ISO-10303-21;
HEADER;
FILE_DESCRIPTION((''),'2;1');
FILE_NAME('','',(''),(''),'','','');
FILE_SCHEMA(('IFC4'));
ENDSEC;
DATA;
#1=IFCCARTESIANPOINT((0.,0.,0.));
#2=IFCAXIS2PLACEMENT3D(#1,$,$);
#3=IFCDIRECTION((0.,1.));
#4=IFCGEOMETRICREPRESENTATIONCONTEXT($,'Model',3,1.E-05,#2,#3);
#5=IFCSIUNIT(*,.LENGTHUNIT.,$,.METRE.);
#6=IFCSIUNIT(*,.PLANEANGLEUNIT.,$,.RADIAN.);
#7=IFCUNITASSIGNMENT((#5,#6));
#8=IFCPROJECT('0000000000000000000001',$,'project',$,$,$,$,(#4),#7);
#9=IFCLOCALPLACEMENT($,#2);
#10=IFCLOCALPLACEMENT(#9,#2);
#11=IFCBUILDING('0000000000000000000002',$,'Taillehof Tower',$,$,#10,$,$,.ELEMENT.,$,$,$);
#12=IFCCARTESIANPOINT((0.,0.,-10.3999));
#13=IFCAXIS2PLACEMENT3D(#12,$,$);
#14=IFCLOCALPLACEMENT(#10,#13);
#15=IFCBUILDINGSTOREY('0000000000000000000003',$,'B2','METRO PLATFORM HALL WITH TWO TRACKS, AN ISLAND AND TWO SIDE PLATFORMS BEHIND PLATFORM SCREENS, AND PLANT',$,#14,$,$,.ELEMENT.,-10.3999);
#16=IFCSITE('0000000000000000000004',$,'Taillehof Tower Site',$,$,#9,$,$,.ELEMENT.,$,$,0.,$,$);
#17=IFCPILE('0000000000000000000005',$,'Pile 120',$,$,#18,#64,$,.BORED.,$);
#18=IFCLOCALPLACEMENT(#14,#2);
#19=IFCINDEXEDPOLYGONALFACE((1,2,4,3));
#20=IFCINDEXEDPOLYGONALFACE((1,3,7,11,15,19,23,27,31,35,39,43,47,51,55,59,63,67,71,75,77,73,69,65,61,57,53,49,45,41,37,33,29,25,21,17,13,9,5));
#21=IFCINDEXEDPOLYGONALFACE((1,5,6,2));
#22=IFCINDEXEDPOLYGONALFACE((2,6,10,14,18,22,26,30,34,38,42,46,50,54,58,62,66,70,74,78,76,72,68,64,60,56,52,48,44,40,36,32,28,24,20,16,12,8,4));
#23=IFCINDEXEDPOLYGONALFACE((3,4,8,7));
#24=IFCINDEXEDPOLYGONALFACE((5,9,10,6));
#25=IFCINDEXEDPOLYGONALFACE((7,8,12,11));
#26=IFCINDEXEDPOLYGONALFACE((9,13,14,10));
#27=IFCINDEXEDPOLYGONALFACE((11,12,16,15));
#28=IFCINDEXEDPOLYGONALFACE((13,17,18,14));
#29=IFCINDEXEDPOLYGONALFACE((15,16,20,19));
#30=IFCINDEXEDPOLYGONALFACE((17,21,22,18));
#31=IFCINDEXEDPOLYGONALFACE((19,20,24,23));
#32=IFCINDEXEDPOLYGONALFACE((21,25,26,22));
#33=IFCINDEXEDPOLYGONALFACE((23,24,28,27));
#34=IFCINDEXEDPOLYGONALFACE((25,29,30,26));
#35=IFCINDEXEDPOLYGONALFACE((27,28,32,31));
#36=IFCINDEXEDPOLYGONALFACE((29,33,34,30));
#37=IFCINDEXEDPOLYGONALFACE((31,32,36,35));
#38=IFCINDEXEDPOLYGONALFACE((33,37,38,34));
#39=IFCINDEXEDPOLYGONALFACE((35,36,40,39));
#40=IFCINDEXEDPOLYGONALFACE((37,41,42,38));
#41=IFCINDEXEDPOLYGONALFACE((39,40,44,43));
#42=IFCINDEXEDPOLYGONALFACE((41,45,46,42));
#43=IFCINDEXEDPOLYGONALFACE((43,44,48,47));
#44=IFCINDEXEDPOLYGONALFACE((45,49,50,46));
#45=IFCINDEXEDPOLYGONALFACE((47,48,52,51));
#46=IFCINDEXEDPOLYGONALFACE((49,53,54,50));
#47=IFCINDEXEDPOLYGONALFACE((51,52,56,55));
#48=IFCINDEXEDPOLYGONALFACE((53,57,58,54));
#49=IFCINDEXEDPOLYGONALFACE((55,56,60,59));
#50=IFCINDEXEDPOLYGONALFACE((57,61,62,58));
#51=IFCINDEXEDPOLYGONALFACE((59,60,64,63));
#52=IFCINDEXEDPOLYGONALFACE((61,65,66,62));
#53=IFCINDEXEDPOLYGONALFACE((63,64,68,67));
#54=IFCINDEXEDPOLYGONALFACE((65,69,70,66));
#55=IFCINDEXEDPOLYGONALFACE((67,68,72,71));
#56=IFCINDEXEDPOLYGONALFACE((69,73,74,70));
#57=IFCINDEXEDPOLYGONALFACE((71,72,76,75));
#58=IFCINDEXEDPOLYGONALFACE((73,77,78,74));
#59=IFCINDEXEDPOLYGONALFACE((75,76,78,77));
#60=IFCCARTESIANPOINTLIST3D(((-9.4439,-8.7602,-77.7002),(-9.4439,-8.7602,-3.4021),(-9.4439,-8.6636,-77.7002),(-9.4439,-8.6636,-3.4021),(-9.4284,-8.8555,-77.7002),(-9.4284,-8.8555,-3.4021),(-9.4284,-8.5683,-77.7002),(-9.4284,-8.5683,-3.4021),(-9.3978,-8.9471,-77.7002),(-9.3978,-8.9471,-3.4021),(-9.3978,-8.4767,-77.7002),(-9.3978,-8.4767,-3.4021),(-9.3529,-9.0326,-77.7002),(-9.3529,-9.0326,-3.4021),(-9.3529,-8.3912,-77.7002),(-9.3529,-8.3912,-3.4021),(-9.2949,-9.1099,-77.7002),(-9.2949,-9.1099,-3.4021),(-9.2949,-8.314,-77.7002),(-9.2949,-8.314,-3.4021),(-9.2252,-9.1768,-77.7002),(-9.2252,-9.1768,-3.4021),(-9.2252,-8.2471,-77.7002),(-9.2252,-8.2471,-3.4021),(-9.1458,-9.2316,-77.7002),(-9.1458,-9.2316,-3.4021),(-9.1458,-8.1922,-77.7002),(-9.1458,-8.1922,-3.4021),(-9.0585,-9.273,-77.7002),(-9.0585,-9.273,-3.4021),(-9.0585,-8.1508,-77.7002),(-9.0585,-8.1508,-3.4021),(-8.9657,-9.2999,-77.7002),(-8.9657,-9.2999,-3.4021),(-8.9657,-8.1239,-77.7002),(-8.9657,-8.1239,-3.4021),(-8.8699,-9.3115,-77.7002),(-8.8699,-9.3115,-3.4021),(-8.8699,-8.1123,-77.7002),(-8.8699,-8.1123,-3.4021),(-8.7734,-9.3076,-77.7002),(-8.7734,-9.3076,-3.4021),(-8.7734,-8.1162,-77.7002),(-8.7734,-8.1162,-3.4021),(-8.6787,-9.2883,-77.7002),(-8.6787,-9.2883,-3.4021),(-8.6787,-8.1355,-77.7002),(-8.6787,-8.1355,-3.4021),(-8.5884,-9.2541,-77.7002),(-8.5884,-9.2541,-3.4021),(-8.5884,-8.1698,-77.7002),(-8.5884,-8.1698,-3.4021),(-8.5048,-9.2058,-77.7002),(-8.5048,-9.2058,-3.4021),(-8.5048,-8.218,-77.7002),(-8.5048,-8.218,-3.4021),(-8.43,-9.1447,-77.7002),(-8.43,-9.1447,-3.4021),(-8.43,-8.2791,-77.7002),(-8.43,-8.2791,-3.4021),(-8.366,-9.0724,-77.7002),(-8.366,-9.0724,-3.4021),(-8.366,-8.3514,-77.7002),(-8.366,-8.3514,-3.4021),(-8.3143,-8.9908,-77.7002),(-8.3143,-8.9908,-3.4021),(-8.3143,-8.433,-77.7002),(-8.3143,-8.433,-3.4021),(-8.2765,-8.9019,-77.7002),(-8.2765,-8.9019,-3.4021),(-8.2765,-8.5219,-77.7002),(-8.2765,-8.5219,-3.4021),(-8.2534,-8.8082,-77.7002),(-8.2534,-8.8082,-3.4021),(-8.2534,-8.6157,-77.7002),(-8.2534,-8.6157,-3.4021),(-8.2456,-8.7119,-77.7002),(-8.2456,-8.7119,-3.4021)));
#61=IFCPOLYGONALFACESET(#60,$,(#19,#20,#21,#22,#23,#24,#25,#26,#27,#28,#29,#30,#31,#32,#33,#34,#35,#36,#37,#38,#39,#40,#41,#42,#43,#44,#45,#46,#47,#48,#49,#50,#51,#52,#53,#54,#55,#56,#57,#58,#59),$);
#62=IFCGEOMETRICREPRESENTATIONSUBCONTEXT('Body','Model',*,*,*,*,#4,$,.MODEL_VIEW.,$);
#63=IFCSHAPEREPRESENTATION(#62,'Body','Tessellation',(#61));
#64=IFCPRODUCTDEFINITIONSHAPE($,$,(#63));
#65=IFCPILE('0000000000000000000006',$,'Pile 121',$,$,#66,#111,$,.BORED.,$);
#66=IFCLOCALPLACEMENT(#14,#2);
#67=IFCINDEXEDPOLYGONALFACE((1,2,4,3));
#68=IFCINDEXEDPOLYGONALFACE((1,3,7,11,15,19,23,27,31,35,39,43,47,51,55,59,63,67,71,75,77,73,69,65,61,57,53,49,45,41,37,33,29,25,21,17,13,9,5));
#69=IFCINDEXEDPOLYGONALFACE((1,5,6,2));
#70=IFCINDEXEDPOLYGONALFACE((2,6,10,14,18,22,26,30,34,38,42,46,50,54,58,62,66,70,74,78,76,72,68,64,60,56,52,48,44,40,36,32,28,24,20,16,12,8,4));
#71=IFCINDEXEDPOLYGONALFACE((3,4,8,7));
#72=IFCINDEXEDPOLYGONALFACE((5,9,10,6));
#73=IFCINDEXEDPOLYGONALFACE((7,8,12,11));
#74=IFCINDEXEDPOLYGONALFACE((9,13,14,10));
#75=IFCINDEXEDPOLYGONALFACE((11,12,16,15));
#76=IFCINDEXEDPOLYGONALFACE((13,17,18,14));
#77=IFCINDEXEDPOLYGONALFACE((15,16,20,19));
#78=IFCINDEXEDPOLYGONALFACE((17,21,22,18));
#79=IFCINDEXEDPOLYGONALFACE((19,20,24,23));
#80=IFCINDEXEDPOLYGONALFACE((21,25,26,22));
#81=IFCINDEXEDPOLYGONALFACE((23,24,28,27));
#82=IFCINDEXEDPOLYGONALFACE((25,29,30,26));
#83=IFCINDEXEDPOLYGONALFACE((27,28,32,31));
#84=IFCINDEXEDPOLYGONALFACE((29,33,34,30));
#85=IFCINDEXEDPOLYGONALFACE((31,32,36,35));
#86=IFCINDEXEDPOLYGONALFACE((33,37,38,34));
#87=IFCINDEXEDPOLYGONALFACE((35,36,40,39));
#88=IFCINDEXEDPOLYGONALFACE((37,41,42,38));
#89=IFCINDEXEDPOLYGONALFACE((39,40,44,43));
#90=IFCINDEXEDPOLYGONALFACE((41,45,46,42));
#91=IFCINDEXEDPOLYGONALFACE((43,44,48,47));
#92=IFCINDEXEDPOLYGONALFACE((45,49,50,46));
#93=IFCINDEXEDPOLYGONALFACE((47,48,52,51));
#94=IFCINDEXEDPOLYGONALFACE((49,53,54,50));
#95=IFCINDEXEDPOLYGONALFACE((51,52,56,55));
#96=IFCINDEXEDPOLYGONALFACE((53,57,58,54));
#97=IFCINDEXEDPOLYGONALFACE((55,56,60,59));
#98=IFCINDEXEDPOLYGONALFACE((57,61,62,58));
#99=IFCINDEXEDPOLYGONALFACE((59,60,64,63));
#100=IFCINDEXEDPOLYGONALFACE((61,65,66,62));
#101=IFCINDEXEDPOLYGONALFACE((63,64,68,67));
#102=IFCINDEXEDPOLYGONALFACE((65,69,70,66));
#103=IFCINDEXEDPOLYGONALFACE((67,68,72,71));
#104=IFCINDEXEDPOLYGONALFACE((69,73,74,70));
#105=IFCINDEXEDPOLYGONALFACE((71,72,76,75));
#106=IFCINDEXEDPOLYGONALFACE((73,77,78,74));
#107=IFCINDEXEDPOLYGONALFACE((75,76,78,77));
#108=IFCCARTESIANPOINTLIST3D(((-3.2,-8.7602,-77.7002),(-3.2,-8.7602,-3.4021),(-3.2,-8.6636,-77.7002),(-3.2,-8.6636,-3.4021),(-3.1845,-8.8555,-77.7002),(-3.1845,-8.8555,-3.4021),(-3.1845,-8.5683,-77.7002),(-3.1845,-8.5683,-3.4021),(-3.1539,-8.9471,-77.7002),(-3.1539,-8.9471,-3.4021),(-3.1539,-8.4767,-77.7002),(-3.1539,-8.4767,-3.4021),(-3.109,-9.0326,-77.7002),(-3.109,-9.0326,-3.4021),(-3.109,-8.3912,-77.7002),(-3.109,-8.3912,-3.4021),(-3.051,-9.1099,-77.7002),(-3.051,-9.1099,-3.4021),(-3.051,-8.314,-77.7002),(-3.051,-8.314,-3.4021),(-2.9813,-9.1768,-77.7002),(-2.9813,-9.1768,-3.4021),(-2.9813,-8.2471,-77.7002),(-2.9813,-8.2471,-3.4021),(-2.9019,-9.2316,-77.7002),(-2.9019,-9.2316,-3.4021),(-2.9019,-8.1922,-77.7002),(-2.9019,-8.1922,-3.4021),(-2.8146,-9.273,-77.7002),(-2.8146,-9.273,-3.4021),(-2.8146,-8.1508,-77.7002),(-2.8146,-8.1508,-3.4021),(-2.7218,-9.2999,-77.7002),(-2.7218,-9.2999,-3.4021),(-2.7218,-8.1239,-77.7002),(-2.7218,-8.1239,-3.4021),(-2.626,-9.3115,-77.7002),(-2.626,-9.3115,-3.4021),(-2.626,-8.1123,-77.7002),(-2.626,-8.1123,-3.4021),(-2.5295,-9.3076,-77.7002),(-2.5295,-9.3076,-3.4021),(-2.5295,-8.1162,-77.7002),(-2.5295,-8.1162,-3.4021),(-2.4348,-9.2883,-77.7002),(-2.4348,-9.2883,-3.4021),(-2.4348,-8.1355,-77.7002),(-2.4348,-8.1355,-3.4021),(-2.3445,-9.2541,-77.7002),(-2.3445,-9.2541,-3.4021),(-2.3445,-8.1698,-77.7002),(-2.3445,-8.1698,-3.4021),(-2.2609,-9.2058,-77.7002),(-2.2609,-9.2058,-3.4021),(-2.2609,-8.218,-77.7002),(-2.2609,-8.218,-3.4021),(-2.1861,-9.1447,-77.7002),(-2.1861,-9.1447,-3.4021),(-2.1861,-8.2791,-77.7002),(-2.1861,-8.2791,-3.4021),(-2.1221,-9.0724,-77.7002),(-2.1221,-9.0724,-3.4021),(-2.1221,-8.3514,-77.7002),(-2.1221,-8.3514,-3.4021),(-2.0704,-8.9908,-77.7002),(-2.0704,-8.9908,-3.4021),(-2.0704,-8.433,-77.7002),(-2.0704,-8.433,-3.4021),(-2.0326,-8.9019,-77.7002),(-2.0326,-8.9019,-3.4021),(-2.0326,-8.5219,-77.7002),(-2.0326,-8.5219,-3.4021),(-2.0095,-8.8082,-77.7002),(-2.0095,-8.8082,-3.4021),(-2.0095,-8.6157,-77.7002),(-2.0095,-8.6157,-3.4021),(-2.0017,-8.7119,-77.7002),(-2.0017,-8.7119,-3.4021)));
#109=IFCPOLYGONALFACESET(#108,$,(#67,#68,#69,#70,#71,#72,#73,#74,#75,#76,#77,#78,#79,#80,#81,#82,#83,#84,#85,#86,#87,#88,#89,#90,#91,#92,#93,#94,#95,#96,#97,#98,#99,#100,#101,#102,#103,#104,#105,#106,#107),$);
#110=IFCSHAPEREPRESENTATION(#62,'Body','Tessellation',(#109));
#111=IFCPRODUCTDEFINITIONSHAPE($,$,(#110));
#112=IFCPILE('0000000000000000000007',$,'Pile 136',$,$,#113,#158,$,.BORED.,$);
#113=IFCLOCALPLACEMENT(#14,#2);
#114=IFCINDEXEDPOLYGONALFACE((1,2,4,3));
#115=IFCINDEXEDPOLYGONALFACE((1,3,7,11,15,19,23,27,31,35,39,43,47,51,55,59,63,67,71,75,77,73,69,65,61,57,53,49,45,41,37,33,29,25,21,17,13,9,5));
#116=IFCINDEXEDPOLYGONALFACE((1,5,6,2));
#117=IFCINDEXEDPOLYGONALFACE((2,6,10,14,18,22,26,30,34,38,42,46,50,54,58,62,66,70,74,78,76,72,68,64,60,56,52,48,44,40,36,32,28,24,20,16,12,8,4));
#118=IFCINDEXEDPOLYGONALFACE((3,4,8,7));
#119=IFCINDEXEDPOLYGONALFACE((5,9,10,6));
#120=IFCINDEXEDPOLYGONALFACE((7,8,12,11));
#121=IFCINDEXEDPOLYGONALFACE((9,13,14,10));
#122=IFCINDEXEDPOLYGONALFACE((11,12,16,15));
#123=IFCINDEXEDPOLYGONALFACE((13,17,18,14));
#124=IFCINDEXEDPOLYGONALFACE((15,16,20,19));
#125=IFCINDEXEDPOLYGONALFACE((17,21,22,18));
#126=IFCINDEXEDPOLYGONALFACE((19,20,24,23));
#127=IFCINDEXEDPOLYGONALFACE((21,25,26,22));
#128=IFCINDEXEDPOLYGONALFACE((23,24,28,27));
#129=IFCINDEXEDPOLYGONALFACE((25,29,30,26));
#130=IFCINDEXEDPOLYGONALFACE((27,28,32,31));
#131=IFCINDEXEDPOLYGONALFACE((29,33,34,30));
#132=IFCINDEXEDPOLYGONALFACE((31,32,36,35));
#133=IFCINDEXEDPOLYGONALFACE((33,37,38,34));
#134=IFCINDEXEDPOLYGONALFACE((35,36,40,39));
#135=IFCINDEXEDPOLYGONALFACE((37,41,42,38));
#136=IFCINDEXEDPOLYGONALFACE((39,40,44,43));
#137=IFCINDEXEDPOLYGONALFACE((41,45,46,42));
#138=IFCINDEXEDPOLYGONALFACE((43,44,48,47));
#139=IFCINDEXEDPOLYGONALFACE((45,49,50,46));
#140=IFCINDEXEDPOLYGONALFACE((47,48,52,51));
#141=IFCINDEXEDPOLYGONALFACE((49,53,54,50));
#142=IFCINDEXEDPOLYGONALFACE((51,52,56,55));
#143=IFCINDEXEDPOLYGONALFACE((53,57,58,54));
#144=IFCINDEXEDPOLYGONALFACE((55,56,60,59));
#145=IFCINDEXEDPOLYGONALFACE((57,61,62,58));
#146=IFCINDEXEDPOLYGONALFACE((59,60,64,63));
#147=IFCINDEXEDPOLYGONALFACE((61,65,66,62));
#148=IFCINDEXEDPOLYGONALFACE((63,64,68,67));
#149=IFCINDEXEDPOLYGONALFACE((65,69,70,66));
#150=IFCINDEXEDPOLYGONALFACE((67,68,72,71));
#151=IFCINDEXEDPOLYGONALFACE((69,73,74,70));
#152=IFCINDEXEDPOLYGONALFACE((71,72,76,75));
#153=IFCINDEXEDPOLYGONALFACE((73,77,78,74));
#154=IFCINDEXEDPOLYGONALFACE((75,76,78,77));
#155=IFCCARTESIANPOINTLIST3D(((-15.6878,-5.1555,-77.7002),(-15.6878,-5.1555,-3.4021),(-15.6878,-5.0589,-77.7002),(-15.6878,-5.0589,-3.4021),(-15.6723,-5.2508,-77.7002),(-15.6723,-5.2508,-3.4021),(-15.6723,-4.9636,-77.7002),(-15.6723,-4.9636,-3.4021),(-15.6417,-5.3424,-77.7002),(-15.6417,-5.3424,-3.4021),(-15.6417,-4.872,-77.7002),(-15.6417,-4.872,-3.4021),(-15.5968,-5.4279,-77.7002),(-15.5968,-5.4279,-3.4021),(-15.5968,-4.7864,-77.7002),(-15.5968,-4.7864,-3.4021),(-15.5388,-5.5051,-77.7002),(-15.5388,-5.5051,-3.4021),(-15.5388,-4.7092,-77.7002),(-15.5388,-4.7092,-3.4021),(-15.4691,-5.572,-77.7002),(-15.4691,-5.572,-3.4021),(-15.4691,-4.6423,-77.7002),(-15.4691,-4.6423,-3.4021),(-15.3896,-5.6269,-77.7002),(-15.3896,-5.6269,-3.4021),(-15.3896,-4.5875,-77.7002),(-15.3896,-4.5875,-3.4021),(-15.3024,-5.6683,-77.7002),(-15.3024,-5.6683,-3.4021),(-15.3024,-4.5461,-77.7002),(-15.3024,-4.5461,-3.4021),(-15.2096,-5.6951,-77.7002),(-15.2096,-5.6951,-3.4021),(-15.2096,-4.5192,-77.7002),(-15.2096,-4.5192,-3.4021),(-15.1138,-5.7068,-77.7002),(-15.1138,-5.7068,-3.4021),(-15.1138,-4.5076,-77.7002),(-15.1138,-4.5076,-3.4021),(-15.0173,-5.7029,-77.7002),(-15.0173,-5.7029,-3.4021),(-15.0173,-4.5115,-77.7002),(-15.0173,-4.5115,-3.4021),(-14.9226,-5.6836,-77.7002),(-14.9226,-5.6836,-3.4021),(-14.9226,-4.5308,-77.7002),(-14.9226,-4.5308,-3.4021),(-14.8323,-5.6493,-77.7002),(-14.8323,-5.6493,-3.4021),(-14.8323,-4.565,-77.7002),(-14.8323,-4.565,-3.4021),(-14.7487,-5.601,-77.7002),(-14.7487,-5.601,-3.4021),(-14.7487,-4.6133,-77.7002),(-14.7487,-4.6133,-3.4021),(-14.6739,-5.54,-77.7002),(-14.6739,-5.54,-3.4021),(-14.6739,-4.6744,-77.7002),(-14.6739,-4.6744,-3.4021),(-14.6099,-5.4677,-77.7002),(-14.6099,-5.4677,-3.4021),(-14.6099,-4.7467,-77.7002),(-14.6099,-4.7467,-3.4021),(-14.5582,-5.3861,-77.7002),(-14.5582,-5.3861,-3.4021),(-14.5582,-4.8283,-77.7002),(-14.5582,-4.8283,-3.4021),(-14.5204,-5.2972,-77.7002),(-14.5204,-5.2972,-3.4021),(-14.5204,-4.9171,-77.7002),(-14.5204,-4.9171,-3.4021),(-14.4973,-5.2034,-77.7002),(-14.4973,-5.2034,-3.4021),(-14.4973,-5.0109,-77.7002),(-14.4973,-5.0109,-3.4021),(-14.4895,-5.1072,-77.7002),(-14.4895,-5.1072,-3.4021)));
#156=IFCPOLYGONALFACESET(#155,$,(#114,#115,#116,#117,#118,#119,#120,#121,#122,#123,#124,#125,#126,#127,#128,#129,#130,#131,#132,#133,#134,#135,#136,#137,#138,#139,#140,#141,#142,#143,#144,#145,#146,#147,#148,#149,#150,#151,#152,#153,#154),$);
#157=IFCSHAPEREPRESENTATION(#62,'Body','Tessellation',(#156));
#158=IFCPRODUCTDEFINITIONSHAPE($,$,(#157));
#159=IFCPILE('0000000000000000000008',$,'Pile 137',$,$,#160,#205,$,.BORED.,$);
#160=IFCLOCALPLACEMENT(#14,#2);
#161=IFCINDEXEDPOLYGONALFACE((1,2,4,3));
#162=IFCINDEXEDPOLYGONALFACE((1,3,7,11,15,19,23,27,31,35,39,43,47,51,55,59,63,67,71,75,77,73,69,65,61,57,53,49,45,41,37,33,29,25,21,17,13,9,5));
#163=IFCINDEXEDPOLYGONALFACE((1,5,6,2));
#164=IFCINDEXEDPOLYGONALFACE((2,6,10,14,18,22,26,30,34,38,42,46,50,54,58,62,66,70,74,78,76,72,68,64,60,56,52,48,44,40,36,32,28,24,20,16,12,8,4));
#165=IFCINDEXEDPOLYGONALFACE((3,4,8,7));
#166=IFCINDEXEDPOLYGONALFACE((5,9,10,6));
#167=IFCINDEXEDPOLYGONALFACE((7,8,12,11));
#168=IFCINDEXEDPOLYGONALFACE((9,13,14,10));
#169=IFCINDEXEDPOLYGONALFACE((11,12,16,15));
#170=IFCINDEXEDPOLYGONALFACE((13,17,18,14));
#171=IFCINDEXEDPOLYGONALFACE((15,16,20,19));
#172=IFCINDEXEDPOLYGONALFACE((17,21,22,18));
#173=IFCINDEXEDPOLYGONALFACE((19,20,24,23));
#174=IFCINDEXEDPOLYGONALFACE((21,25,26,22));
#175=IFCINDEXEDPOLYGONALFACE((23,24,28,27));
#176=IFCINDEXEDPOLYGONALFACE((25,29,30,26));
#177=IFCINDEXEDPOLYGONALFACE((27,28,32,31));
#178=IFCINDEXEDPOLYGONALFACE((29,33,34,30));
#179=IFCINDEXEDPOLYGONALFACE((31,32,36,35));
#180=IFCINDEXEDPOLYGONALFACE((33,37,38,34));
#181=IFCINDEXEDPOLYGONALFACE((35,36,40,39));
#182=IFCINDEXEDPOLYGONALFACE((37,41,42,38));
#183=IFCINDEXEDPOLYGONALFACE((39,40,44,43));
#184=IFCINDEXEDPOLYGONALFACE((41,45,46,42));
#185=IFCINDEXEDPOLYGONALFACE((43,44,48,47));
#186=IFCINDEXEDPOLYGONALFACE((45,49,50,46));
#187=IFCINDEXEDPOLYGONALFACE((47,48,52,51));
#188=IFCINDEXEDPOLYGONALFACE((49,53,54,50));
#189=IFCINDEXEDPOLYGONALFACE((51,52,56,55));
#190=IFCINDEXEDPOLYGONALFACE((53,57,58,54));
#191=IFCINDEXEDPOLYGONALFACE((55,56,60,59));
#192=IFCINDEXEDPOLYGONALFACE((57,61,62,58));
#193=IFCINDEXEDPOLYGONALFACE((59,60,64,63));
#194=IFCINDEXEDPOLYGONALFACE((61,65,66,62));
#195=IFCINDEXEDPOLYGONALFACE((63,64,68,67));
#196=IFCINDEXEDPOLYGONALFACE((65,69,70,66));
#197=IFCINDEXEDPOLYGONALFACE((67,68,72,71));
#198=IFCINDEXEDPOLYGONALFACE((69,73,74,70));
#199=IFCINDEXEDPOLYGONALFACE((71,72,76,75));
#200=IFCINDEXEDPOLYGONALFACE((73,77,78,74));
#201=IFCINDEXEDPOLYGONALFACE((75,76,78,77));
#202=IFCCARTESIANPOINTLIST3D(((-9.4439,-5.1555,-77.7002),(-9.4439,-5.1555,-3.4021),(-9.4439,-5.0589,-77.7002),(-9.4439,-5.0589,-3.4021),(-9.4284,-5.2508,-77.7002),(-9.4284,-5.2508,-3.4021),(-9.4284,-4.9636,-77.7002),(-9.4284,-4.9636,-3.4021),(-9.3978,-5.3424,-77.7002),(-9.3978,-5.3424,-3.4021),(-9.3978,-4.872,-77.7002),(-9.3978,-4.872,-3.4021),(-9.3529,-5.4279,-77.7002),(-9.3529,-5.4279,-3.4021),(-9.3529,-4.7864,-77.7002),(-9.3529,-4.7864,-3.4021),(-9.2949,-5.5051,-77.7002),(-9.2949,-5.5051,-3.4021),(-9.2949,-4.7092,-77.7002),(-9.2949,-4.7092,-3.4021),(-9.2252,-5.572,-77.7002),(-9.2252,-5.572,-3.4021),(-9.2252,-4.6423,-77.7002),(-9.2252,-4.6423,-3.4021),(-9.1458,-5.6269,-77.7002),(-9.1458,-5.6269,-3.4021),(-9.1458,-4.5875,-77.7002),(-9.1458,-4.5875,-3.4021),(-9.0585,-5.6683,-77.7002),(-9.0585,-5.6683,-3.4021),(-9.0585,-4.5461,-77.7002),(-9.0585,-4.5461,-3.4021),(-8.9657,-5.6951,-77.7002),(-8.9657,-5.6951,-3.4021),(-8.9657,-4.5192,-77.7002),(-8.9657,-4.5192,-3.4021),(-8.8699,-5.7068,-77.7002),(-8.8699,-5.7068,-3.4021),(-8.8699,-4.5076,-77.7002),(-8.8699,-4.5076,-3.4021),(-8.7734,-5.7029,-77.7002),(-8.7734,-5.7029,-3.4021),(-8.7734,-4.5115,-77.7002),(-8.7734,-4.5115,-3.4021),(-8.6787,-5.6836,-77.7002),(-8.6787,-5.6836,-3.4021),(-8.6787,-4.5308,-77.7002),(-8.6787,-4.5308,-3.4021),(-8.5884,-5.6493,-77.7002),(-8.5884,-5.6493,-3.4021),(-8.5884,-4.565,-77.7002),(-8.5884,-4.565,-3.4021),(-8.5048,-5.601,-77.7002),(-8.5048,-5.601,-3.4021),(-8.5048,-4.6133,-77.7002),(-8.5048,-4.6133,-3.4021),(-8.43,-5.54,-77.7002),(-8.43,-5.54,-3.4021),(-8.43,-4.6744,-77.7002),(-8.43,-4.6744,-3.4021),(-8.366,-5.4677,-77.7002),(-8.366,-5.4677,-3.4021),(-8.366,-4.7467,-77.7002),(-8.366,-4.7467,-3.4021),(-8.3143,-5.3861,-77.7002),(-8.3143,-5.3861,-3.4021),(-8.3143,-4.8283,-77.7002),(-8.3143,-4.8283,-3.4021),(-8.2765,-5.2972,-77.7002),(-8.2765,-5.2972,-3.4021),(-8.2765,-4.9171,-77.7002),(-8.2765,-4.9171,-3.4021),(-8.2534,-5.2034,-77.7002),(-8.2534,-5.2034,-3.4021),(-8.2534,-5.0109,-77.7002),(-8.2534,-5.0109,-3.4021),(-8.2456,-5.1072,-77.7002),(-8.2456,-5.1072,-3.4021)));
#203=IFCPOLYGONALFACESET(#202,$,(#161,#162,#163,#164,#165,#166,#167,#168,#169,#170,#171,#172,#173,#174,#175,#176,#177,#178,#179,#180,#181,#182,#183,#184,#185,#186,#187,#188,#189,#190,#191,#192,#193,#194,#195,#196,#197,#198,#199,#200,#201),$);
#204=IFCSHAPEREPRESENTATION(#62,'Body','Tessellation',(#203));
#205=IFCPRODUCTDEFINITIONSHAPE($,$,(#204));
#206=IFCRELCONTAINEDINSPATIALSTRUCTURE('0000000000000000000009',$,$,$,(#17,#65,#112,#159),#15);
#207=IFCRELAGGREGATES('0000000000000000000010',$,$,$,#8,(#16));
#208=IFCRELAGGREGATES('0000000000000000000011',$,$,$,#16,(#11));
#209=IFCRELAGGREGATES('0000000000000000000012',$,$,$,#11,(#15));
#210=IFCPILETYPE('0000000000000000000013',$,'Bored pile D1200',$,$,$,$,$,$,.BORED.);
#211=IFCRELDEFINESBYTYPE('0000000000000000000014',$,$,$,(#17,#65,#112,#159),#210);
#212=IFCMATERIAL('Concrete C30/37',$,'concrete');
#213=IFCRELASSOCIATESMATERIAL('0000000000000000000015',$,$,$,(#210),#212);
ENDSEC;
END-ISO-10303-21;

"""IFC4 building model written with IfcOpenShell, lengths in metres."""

from ifc_helpers import new_model, si_unit, direction, frame, origin, origin_2d, place, context, subcontext, project, spatial, circle, extrude, material, material_profile, profile_set, type_object, element, save


model = new_model("IFC4")

# Units and contexts
model_context = context("Model", 3, precision=1e-05, world=origin(), true_north=direction((0.0, 1.0)))
body_context = subcontext(model_context, "Body", "Model", "MODEL_VIEW")
ifc_project = project(units=[si_unit("LENGTHUNIT", "METRE"), si_unit("PLANEANGLEUNIT", "RADIAN")], contexts=[model_context])

# Site, building, storey
site_placement = place(None, origin())
site = spatial("IfcSite", under=ifc_project, at=site_placement, Name="Taillehof Tower Site", CompositionType="ELEMENT", RefElevation=0.0)
building_placement = place(site_placement, origin())
building = spatial("IfcBuilding", under=site, at=building_placement, Name="Taillehof Tower", CompositionType="ELEMENT")
storey_placement = place(building_placement, frame((0.0, 0.0, -10.3999)))
storey = spatial("IfcBuildingStorey", under=building, at=storey_placement, Name="B2", Description="METRO PLATFORM HALL WITH TWO TRACKS, AN ISLAND AND TWO SIDE PLATFORMS BEHIND PLATFORM SCREENS, AND PLANT", CompositionType="ELEMENT", Elevation=-10.3999)

# Piles
ifc_material_1 = material(Name="Concrete C30/37", Category="concrete")
ifc_material_profile_1 = material_profile(ifc_material_1, circle(Radius=0.6001, at=origin_2d()), Name="BP D1200")
ifc_profile_set_1 = profile_set([ifc_material_profile_1], Name="Concrete C30/37")
pile_type = type_object("IfcPileType", Name="Bored pile D1200", PredefinedType="BORED", material=ifc_profile_set_1)
for number, where, z_axis, x_axis, name in (
    (1, (-8.8457, -8.7119, -3.4021), (0.0, 0.0, -1.0), (1.0, 0.0, 0.0), "Pile 120"),
    (2, (-2.6018, -8.7119, -3.4021), (0.0, 0.0, -1.0), (1.0, 0.0, 0.0), "Pile 121"),
    (3, (-15.0896, -5.1072, -3.4021), (0.0, 0.0, -1.0), (1.0, 0.0, 0.0), "Pile 136"),
    (4, (-8.8457, -5.1072, -3.4021), (0.0, 0.0, -1.0), (1.0, 0.0, 0.0), "Pile 137"),
):
    element("IfcPile", number, at=place(storey_placement, frame(where, z_axis=z_axis, x_axis=x_axis)), inside=storey, type_object=pile_type, Name=name, PredefinedType="BORED", context=body_context, shape_type="SweptSolid", body=[
        extrude(circle(Radius=0.6001, at=origin_2d()), origin(), (0.0, 0.0, 1.0), 74.2981),
    ])

save(model, "model.ifc")
